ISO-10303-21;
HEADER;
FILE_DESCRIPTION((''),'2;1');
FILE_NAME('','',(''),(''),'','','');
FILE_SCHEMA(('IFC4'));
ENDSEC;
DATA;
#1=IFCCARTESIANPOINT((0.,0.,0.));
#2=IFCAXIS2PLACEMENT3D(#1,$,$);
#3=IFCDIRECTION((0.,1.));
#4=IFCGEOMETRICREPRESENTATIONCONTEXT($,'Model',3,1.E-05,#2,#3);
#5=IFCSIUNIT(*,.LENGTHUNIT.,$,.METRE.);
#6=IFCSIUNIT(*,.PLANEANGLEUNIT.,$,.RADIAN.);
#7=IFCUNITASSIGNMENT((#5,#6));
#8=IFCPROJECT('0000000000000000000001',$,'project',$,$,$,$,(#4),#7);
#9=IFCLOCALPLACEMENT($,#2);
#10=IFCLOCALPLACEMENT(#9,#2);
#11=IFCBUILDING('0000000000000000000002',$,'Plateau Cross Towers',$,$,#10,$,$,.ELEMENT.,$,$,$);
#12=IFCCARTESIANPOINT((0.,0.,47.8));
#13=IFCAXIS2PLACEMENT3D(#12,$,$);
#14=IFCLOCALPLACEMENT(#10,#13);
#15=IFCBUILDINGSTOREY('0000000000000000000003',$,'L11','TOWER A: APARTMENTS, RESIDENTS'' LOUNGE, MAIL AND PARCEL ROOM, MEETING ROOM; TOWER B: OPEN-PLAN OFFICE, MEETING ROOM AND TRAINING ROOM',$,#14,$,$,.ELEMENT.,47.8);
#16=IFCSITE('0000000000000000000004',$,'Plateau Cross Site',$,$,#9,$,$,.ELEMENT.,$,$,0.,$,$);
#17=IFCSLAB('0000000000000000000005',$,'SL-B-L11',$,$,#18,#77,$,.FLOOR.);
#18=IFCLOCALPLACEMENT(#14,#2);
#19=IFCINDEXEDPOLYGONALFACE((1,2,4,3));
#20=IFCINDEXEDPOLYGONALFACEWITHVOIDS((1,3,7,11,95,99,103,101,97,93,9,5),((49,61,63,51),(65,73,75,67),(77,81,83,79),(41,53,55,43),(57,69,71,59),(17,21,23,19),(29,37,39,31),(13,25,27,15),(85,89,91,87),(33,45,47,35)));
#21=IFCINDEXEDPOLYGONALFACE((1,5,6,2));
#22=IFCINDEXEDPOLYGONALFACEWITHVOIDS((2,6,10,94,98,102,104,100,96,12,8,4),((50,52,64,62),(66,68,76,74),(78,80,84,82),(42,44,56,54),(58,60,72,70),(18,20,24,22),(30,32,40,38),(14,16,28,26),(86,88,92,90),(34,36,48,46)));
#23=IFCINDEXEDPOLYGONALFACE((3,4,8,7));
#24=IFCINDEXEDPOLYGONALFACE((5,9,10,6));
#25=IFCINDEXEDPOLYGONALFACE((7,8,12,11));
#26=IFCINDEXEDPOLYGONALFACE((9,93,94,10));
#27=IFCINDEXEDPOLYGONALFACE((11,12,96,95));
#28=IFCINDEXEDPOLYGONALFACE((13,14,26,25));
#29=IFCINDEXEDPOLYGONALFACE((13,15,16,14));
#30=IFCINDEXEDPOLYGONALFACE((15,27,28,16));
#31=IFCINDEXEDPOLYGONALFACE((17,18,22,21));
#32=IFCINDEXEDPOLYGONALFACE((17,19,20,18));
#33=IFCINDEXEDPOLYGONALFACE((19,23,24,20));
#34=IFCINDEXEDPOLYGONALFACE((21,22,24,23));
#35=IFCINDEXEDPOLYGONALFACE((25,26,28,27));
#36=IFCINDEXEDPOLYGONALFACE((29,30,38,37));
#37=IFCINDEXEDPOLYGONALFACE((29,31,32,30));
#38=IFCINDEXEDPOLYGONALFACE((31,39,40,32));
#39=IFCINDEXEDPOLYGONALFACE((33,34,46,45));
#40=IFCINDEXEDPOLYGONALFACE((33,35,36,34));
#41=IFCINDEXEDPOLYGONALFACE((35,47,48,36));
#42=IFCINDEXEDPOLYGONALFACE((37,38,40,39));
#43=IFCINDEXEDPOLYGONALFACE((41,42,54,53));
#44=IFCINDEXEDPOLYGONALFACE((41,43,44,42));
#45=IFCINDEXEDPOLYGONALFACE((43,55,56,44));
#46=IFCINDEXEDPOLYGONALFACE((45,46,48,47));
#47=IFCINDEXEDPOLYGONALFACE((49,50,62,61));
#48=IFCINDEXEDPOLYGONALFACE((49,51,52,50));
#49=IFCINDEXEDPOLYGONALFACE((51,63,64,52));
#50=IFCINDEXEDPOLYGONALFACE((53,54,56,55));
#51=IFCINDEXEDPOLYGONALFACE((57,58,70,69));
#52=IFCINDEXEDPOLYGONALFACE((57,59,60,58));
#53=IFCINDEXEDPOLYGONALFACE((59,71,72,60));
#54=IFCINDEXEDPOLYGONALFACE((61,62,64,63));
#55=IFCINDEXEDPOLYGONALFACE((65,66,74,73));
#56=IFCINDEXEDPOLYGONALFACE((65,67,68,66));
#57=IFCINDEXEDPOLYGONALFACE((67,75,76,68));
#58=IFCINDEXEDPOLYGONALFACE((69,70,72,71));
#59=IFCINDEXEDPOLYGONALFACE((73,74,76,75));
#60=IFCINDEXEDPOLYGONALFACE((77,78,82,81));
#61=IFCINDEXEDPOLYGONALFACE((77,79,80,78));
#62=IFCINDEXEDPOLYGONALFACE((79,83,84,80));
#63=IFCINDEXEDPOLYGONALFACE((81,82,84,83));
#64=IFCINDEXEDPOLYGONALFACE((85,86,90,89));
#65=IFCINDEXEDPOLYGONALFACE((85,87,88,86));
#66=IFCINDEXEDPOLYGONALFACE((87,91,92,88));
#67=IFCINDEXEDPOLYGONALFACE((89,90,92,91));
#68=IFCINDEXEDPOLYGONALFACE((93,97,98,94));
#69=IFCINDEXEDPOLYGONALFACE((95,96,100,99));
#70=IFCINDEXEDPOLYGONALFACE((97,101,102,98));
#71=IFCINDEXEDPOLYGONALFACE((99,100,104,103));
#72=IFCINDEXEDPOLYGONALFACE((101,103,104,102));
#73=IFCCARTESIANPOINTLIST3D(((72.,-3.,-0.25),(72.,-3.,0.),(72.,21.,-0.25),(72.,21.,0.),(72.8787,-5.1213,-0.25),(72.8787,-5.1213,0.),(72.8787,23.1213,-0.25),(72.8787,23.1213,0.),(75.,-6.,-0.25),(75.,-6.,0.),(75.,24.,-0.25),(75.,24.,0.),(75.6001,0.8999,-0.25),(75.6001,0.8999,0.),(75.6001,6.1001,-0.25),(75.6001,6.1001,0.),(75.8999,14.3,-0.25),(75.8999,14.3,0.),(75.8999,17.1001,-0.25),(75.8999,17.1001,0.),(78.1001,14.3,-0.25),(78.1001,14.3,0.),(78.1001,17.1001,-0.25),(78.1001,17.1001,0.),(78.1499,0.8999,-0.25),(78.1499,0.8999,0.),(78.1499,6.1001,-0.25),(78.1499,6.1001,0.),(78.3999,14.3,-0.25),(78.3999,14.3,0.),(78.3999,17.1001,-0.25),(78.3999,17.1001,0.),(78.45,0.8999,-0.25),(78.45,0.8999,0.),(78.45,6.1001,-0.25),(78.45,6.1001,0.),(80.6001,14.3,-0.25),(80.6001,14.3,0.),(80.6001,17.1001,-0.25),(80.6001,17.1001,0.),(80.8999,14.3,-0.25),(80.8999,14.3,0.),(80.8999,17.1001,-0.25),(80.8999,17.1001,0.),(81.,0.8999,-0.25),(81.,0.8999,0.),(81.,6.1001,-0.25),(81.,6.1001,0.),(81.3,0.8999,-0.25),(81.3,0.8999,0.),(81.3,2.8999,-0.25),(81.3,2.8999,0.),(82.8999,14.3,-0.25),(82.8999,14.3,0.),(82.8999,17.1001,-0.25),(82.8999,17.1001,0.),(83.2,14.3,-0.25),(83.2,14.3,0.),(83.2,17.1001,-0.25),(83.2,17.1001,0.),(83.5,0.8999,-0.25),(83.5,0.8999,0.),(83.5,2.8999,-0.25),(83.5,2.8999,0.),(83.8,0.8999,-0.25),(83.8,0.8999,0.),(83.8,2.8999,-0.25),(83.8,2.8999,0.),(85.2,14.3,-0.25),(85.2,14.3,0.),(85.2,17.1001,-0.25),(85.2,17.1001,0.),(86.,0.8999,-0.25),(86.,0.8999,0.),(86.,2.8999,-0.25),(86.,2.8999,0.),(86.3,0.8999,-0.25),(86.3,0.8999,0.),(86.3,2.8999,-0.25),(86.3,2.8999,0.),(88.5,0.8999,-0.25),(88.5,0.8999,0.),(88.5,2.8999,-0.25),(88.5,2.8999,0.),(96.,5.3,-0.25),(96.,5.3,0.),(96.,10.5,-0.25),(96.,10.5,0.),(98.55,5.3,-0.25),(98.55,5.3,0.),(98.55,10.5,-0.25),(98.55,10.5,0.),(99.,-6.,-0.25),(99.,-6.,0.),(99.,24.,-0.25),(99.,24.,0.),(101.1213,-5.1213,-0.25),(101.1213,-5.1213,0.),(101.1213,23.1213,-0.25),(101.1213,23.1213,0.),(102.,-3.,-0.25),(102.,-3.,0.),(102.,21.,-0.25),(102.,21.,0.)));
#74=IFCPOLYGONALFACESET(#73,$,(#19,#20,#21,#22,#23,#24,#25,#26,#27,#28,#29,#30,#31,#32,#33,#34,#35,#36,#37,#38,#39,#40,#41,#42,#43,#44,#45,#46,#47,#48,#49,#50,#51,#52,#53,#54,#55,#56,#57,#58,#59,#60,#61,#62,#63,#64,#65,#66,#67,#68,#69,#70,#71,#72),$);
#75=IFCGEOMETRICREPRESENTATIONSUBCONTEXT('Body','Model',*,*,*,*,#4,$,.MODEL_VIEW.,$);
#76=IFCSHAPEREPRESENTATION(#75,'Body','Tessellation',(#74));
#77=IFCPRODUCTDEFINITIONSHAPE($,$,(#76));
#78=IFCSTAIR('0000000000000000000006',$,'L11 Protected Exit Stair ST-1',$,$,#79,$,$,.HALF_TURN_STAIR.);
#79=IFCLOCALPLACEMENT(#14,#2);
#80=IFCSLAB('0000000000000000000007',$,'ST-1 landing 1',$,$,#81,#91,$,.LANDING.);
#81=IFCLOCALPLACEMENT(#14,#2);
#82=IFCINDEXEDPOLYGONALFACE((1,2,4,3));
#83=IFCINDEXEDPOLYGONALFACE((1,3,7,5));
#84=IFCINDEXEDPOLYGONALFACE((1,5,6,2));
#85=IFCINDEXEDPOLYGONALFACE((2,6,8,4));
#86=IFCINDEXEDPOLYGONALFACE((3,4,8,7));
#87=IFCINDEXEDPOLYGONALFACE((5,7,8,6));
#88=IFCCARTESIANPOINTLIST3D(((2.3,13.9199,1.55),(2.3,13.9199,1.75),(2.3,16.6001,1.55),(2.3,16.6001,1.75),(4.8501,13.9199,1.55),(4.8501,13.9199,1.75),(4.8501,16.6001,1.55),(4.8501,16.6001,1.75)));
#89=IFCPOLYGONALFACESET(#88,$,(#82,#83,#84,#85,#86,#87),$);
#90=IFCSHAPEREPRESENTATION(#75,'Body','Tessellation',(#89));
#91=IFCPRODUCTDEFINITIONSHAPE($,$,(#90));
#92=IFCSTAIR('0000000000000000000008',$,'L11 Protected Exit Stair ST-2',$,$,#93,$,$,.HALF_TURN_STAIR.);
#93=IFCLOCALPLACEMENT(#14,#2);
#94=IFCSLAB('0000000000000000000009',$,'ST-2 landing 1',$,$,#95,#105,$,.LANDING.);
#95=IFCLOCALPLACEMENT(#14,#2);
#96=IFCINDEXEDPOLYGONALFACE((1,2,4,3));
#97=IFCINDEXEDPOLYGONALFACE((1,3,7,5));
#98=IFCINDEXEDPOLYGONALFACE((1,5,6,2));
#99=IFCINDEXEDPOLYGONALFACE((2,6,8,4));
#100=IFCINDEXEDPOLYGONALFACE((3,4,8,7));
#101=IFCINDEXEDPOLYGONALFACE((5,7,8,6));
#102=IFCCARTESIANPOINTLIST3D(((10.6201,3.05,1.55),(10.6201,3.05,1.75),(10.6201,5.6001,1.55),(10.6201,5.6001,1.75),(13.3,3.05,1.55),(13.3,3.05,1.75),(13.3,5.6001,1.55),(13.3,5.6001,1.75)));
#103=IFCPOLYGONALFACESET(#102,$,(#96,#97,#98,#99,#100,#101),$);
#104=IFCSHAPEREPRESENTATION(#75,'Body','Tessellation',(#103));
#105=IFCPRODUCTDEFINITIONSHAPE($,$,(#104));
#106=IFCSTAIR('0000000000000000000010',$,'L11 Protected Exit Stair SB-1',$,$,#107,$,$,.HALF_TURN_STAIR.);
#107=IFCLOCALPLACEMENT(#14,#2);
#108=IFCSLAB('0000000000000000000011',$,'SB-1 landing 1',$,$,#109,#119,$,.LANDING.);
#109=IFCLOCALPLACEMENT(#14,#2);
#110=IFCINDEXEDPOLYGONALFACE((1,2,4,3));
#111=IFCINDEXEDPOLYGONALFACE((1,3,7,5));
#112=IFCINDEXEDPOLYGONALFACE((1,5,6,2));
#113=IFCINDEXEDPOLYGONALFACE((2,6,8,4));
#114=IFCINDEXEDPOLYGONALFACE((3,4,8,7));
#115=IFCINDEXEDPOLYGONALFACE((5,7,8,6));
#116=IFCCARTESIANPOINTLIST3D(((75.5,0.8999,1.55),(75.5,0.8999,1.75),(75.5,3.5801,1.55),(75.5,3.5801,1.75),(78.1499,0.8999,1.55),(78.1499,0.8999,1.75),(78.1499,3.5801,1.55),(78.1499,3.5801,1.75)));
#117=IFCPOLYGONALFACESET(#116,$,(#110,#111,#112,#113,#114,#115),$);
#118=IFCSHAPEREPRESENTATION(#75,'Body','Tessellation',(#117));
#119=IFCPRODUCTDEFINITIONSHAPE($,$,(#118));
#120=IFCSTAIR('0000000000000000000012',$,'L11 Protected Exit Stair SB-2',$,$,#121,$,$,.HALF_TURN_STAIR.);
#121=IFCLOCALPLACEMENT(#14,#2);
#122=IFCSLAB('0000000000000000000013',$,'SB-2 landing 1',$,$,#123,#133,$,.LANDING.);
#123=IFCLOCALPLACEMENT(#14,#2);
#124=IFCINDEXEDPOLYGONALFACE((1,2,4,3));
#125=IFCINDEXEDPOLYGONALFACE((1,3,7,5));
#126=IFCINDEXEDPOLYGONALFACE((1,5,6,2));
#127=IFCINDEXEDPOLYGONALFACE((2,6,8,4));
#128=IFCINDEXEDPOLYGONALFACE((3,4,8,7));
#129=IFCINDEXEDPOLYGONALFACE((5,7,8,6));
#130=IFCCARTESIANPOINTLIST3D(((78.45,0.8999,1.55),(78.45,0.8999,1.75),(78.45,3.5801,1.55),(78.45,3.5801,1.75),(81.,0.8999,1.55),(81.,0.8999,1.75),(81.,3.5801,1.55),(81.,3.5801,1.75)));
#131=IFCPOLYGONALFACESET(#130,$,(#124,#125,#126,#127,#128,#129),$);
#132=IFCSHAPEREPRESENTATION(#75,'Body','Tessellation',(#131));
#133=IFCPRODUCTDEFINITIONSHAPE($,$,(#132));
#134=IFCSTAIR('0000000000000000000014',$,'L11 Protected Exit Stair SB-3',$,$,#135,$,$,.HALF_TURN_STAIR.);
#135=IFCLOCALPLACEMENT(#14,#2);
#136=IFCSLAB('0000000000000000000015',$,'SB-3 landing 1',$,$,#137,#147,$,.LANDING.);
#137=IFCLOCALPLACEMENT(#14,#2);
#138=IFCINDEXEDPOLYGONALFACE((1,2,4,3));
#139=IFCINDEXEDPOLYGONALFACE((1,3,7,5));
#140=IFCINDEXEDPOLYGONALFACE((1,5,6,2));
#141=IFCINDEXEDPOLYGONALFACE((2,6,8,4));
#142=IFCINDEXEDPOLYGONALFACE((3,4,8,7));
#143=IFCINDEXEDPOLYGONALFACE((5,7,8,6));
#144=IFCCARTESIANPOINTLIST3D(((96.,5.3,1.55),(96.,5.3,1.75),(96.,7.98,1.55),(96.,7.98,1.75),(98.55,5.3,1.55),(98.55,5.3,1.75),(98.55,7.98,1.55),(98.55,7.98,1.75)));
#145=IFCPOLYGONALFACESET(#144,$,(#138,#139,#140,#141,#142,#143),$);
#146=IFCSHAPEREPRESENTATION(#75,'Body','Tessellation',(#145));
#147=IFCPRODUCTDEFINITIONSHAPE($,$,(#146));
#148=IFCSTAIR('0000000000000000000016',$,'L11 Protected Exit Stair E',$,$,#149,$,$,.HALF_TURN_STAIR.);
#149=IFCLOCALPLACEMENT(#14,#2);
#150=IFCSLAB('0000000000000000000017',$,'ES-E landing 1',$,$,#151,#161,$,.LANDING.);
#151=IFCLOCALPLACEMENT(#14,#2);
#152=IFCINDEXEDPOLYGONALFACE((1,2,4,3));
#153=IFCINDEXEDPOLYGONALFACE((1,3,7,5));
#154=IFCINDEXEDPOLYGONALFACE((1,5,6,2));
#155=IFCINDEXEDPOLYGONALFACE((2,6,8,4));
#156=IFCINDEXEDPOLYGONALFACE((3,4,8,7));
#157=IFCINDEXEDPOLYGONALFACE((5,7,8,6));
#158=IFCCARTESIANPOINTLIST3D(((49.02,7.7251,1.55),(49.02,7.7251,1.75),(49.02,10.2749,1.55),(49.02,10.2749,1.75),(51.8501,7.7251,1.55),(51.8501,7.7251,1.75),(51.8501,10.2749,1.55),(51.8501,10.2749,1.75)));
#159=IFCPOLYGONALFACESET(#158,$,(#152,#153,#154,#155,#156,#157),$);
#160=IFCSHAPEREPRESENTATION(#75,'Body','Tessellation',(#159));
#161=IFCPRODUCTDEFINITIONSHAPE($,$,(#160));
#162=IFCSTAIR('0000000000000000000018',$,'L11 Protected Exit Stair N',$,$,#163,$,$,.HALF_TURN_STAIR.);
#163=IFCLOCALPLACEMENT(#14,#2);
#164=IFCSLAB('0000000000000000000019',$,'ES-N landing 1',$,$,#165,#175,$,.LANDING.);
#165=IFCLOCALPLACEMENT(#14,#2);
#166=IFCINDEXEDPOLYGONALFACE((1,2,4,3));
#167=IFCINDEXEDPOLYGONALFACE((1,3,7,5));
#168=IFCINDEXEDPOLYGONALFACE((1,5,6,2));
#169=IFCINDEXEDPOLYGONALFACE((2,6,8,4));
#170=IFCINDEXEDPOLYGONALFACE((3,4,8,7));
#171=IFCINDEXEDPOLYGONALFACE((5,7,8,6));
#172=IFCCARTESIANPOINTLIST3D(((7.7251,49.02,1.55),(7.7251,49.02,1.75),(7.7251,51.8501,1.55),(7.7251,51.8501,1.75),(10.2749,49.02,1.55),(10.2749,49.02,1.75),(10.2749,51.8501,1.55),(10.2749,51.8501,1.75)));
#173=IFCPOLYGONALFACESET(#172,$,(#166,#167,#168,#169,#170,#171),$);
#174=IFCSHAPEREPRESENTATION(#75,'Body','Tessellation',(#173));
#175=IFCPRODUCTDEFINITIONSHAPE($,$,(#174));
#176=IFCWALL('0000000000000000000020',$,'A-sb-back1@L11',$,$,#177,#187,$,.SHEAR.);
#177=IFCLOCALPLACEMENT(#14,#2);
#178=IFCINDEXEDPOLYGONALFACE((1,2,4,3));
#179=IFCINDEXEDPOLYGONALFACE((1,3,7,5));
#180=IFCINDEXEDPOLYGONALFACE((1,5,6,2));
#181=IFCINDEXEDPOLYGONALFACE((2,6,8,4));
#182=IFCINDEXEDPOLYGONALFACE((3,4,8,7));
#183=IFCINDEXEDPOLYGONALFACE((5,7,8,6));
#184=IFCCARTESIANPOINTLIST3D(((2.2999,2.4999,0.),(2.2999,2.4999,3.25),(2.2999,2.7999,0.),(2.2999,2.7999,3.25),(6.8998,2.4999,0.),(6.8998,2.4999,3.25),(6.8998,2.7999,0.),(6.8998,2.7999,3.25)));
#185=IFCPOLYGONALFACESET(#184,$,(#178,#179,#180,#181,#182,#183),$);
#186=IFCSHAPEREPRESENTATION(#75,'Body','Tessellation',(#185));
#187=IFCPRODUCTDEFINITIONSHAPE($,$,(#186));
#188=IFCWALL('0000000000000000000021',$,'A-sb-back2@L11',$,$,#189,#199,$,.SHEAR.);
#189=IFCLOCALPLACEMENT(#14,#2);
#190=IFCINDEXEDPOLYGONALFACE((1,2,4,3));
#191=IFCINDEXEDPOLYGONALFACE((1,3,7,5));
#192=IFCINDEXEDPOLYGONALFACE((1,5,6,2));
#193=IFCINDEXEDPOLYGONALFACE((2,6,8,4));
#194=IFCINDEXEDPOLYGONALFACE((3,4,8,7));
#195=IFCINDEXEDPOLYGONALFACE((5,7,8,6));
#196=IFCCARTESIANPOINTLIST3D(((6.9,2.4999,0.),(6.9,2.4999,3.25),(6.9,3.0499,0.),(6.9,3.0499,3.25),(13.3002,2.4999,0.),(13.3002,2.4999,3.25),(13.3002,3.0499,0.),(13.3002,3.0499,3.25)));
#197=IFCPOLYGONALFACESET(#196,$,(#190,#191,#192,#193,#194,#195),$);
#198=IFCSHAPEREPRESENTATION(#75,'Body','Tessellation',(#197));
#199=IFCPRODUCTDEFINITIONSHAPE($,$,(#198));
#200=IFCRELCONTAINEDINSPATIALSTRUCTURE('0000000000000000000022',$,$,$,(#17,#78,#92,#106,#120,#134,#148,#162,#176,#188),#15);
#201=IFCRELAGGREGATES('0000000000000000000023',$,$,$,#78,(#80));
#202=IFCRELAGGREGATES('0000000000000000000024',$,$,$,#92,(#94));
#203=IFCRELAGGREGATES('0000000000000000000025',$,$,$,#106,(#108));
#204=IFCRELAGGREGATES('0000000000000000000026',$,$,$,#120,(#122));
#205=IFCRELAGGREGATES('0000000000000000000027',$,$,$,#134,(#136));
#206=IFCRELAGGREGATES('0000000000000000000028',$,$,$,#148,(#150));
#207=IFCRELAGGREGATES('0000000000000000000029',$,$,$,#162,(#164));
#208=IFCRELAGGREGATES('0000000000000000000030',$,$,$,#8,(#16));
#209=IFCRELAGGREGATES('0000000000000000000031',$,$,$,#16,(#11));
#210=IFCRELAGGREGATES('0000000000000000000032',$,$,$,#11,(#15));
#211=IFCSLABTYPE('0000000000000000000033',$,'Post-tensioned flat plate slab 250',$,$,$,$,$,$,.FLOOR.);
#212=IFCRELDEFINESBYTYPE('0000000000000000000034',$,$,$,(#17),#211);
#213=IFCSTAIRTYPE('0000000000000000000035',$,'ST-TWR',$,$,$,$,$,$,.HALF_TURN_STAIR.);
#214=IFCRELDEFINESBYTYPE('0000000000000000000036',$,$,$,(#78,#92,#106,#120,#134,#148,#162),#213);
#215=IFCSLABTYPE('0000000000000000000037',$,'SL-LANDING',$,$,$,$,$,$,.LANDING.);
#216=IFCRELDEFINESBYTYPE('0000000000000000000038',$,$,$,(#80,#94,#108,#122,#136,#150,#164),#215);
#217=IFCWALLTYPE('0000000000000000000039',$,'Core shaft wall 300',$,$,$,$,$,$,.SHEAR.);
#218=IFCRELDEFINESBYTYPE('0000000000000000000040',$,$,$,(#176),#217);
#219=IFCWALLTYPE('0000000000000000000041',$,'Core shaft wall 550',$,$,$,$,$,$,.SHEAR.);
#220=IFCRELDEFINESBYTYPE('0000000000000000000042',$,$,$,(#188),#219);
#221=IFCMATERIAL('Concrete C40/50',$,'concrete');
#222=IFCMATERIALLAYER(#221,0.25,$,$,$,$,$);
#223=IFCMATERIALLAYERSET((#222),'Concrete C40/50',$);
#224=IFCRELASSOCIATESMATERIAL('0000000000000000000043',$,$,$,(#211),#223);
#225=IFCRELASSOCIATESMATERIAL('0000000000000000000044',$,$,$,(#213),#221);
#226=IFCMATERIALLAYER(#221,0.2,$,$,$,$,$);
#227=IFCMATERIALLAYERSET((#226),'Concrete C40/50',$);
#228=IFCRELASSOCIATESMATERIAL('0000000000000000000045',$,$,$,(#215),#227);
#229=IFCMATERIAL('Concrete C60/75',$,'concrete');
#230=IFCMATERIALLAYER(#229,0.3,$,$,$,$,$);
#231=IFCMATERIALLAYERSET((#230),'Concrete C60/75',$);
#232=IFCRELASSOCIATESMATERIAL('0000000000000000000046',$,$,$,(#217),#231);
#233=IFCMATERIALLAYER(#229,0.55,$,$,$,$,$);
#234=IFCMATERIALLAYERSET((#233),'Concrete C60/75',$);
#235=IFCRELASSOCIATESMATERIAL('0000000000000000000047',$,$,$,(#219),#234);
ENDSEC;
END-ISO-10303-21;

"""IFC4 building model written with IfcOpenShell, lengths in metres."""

from ifc_helpers import new_model, si_unit, direction, frame, frame_2d, origin, place, context, subcontext, project, spatial, polyline, rectangle, outline, extrude, material, layer, layer_set, type_object, element, aggregate, save


model = new_model("IFC4")

# Units and contexts
model_context = context("Model", 3, precision=1e-05, world=origin(), true_north=direction((0.0, 1.0)))
body_context = subcontext(model_context, "Body", "Model", "MODEL_VIEW")
ifc_project = project(units=[si_unit("LENGTHUNIT", "METRE"), si_unit("PLANEANGLEUNIT", "RADIAN")], contexts=[model_context])

# Site, building, storey
site_placement = place(None, origin())
site = spatial("IfcSite", under=ifc_project, at=site_placement, Name="Plateau Cross Site", CompositionType="ELEMENT", RefElevation=0.0)
building_placement = place(site_placement, origin())
building = spatial("IfcBuilding", under=site, at=building_placement, Name="Plateau Cross Towers", CompositionType="ELEMENT")
storey_placement = place(building_placement, frame((0.0, 0.0, 47.8)))
storey = spatial("IfcBuildingStorey", under=building, at=storey_placement, Name="L11", Description="TOWER A: APARTMENTS, RESIDENTS' LOUNGE, MAIL AND PARCEL ROOM, MEETING ROOM; TOWER B: OPEN-PLAN OFFICE, MEETING ROOM AND TRAINING ROOM", CompositionType="ELEMENT", Elevation=47.8)

# Shared definitions
ifc_material_1 = material(Name="Concrete C60/75", Category="concrete")

# Shared definitions
ifc_material_2 = material(Name="Concrete C40/50", Category="concrete")

# Slab
ifc_layer_1 = layer(ifc_material_2, 0.25)
ifc_layer_set_1 = layer_set([ifc_layer_1], Name="Concrete C40/50")
slab_type_1 = type_object("IfcSlabType", Name="Post-tensioned flat plate slab 250", PredefinedType="FLOOR", material=ifc_layer_set_1)
slab_1_placement = place(storey_placement, frame((0.0, 0.0, -0.25)))
element("IfcSlab", 1, at=slab_1_placement, inside=storey, type_object=slab_type_1, Name="SL-B-L11", PredefinedType="FLOOR", context=body_context, shape_type="SweptSolid", body=[
    extrude(outline(polyline([(72.8787, -5.1213), (72.0, -3.0), (72.0, 21.0), (72.8787, 23.1213), (75.0, 24.0), (99.0, 24.0), (101.1213, 23.1213), (102.0, 21.0), (102.0, -3.0), (101.1213, -5.1213), (99.0, -6.0), (75.0, -6.0), (72.8787, -5.1213)]), holes=[polyline([(75.6001, 0.8999), (78.1499, 0.8999), (78.1499, 6.1001), (75.6001, 6.1001), (75.6001, 0.8999)]), polyline([(78.1001, 14.3), (78.1001, 17.1001), (75.8999, 17.1001), (75.8999, 14.3), (78.1001, 14.3)]), polyline([(83.5, 0.8999), (83.5, 2.8999), (81.3, 2.8999), (81.3, 0.8999), (83.5, 0.8999)]), polyline([(86.0, 0.8999), (86.0, 2.8999), (83.8, 2.8999), (83.8, 0.8999), (86.0, 0.8999)]), polyline([(88.5, 0.8999), (88.5, 2.8999), (86.3, 2.8999), (86.3, 0.8999), (88.5, 0.8999)]), polyline([(78.45, 0.8999), (81.0, 0.8999), (81.0, 6.1001), (78.45, 6.1001), (78.45, 0.8999)]), polyline([(96.0, 5.3), (98.55, 5.3), (98.55, 10.5), (96.0, 10.5), (96.0, 5.3)]), polyline([(80.6001, 14.3), (80.6001, 17.1001), (78.3999, 17.1001), (78.3999, 14.3), (80.6001, 14.3)]), polyline([(80.8999, 14.3), (82.8999, 14.3), (82.8999, 17.1001), (80.8999, 17.1001), (80.8999, 14.3)]), polyline([(83.2, 14.3), (85.2, 14.3), (85.2, 17.1001), (83.2, 17.1001), (83.2, 14.3)])]), origin(), (0.0, 0.0, 1.0), 0.25),
])

# Stairs, slabs
stair_type = type_object("IfcStairType", Name="ST-TWR", PredefinedType="HALF_TURN_STAIR", material=ifc_material_2)
stair_1_placement = place(storey_placement, origin())
stair_1 = element("IfcStair", 2, at=stair_1_placement, inside=storey, type_object=stair_type, Name="L11 Protected Exit Stair ST-1", PredefinedType="HALF_TURN_STAIR")
ifc_layer_2 = layer(ifc_material_2, 0.2)
ifc_layer_set_2 = layer_set([ifc_layer_2], Name="Concrete C40/50")
slab_type_2 = type_object("IfcSlabType", Name="SL-LANDING", PredefinedType="LANDING", material=ifc_layer_set_2)
slab_2_placement = place(storey_placement, frame((0.0, 0.0, 1.55)))
slab_2 = element("IfcSlab", 3, at=slab_2_placement, type_object=slab_type_2, Name="ST-1 landing 1", PredefinedType="LANDING", context=body_context, shape_type="SweptSolid", body=[
    extrude(outline(polyline([(4.8501, 13.9199), (4.8501, 16.6001), (2.3, 16.6001), (2.3, 13.9199), (4.8501, 13.9199)])), origin(), (0.0, 0.0, 1.0), 0.2),
])
aggregate(stair_1, [slab_2])
stair_2_placement = place(storey_placement, origin())
stair_2 = element("IfcStair", 4, at=stair_2_placement, inside=storey, type_object=stair_type, Name="L11 Protected Exit Stair ST-2", PredefinedType="HALF_TURN_STAIR")
slab_3_placement = place(storey_placement, frame((0.0, 0.0, 1.55)))
slab_3 = element("IfcSlab", 5, at=slab_3_placement, type_object=slab_type_2, Name="ST-2 landing 1", PredefinedType="LANDING", context=body_context, shape_type="SweptSolid", body=[
    extrude(outline(polyline([(10.6201, 3.05), (13.3, 3.05), (13.3, 5.6001), (10.6201, 5.6001), (10.6201, 3.05)])), origin(), (0.0, 0.0, 1.0), 0.2),
])
aggregate(stair_2, [slab_3])
stair_3_placement = place(storey_placement, origin())
stair_3 = element("IfcStair", 6, at=stair_3_placement, inside=storey, type_object=stair_type, Name="L11 Protected Exit Stair SB-1", PredefinedType="HALF_TURN_STAIR")
slab_4_placement = place(storey_placement, frame((0.0, 0.0, 1.55)))
slab_4 = element("IfcSlab", 7, at=slab_4_placement, type_object=slab_type_2, Name="SB-1 landing 1", PredefinedType="LANDING", context=body_context, shape_type="SweptSolid", body=[
    extrude(outline(polyline([(75.5, 3.5801), (75.5, 0.8999), (78.1499, 0.8999), (78.1499, 3.5801), (75.5, 3.5801)])), origin(), (0.0, 0.0, 1.0), 0.2),
])
aggregate(stair_3, [slab_4])
stair_4_placement = place(storey_placement, origin())
stair_4 = element("IfcStair", 8, at=stair_4_placement, inside=storey, type_object=stair_type, Name="L11 Protected Exit Stair SB-2", PredefinedType="HALF_TURN_STAIR")
slab_5_placement = place(storey_placement, frame((0.0, 0.0, 1.55)))
slab_5 = element("IfcSlab", 9, at=slab_5_placement, type_object=slab_type_2, Name="SB-2 landing 1", PredefinedType="LANDING", context=body_context, shape_type="SweptSolid", body=[
    extrude(outline(polyline([(78.45, 3.5801), (78.45, 0.8999), (81.0, 0.8999), (81.0, 3.5801), (78.45, 3.5801)])), origin(), (0.0, 0.0, 1.0), 0.2),
])
aggregate(stair_4, [slab_5])
stair_5_placement = place(storey_placement, origin())
stair_5 = element("IfcStair", 10, at=stair_5_placement, inside=storey, type_object=stair_type, Name="L11 Protected Exit Stair SB-3", PredefinedType="HALF_TURN_STAIR")
slab_6_placement = place(storey_placement, frame((0.0, 0.0, 1.55)))
slab_6 = element("IfcSlab", 11, at=slab_6_placement, type_object=slab_type_2, Name="SB-3 landing 1", PredefinedType="LANDING", context=body_context, shape_type="SweptSolid", body=[
    extrude(outline(polyline([(96.0, 7.98), (96.0, 5.3), (98.55, 5.3), (98.55, 7.98), (96.0, 7.98)])), origin(), (0.0, 0.0, 1.0), 0.2),
])
aggregate(stair_5, [slab_6])
stair_6_placement = place(storey_placement, origin())
stair_6 = element("IfcStair", 12, at=stair_6_placement, inside=storey, type_object=stair_type, Name="L11 Protected Exit Stair E", PredefinedType="HALF_TURN_STAIR")
slab_7_placement = place(storey_placement, frame((0.0, 0.0, 1.55)))
slab_7 = element("IfcSlab", 13, at=slab_7_placement, type_object=slab_type_2, Name="ES-E landing 1", PredefinedType="LANDING", context=body_context, shape_type="SweptSolid", body=[
    extrude(outline(polyline([(49.02, 7.7251), (51.8501, 7.7251), (51.8501, 10.2749), (49.02, 10.2749), (49.02, 7.7251)])), origin(), (0.0, 0.0, 1.0), 0.2),
])
aggregate(stair_6, [slab_7])
stair_7_placement = place(storey_placement, origin())
stair_7 = element("IfcStair", 14, at=stair_7_placement, inside=storey, type_object=stair_type, Name="L11 Protected Exit Stair N", PredefinedType="HALF_TURN_STAIR")
slab_8_placement = place(storey_placement, frame((0.0, 0.0, 1.55)))
slab_8 = element("IfcSlab", 15, at=slab_8_placement, type_object=slab_type_2, Name="ES-N landing 1", PredefinedType="LANDING", context=body_context, shape_type="SweptSolid", body=[
    extrude(outline(polyline([(10.2749, 49.02), (10.2749, 51.8501), (7.7251, 51.8501), (7.7251, 49.02), (10.2749, 49.02)])), origin(), (0.0, 0.0, 1.0), 0.2),
])
aggregate(stair_7, [slab_8])

# Walls
ifc_layer_3 = layer(ifc_material_1, 0.3)
ifc_layer_set_3 = layer_set([ifc_layer_3], Name="Concrete C60/75")
wall_type_1 = type_object("IfcWallType", Name="Core shaft wall 300", PredefinedType="SHEAR", material=ifc_layer_set_3)
wall_1_placement = place(storey_placement, frame((2.3, 2.6499, 0.0), z_axis=(0.0, 0.0, 1.0), x_axis=(1.0, 0.0, 0.0)))
element("IfcWall", 16, at=wall_1_placement, inside=storey, type_object=wall_type_1, Name="A-sb-back1@L11", PredefinedType="SHEAR", context=body_context, shape_type="SweptSolid", body=[
    extrude(rectangle(XDim=4.5999, YDim=0.3, at=frame_2d((2.2998, 0.0))), origin(), (0.0, 0.0, 1.0), 3.25),
])
ifc_layer_4 = layer(ifc_material_1, 0.55)
ifc_layer_set_4 = layer_set([ifc_layer_4], Name="Concrete C60/75")
wall_type_2 = type_object("IfcWallType", Name="Core shaft wall 550", PredefinedType="SHEAR", material=ifc_layer_set_4)
wall_2_placement = place(storey_placement, frame((6.8999, 2.7749, 0.0), z_axis=(0.0, 0.0, 1.0), x_axis=(1.0, 0.0, 0.0)))
element("IfcWall", 17, at=wall_2_placement, inside=storey, type_object=wall_type_2, Name="A-sb-back2@L11", PredefinedType="SHEAR", context=body_context, shape_type="SweptSolid", body=[
    extrude(rectangle(XDim=6.4001, YDim=0.55, at=frame_2d((3.2002, 0.0))), origin(), (0.0, 0.0, 1.0), 3.25),
])

save(model, "model.ifc")
